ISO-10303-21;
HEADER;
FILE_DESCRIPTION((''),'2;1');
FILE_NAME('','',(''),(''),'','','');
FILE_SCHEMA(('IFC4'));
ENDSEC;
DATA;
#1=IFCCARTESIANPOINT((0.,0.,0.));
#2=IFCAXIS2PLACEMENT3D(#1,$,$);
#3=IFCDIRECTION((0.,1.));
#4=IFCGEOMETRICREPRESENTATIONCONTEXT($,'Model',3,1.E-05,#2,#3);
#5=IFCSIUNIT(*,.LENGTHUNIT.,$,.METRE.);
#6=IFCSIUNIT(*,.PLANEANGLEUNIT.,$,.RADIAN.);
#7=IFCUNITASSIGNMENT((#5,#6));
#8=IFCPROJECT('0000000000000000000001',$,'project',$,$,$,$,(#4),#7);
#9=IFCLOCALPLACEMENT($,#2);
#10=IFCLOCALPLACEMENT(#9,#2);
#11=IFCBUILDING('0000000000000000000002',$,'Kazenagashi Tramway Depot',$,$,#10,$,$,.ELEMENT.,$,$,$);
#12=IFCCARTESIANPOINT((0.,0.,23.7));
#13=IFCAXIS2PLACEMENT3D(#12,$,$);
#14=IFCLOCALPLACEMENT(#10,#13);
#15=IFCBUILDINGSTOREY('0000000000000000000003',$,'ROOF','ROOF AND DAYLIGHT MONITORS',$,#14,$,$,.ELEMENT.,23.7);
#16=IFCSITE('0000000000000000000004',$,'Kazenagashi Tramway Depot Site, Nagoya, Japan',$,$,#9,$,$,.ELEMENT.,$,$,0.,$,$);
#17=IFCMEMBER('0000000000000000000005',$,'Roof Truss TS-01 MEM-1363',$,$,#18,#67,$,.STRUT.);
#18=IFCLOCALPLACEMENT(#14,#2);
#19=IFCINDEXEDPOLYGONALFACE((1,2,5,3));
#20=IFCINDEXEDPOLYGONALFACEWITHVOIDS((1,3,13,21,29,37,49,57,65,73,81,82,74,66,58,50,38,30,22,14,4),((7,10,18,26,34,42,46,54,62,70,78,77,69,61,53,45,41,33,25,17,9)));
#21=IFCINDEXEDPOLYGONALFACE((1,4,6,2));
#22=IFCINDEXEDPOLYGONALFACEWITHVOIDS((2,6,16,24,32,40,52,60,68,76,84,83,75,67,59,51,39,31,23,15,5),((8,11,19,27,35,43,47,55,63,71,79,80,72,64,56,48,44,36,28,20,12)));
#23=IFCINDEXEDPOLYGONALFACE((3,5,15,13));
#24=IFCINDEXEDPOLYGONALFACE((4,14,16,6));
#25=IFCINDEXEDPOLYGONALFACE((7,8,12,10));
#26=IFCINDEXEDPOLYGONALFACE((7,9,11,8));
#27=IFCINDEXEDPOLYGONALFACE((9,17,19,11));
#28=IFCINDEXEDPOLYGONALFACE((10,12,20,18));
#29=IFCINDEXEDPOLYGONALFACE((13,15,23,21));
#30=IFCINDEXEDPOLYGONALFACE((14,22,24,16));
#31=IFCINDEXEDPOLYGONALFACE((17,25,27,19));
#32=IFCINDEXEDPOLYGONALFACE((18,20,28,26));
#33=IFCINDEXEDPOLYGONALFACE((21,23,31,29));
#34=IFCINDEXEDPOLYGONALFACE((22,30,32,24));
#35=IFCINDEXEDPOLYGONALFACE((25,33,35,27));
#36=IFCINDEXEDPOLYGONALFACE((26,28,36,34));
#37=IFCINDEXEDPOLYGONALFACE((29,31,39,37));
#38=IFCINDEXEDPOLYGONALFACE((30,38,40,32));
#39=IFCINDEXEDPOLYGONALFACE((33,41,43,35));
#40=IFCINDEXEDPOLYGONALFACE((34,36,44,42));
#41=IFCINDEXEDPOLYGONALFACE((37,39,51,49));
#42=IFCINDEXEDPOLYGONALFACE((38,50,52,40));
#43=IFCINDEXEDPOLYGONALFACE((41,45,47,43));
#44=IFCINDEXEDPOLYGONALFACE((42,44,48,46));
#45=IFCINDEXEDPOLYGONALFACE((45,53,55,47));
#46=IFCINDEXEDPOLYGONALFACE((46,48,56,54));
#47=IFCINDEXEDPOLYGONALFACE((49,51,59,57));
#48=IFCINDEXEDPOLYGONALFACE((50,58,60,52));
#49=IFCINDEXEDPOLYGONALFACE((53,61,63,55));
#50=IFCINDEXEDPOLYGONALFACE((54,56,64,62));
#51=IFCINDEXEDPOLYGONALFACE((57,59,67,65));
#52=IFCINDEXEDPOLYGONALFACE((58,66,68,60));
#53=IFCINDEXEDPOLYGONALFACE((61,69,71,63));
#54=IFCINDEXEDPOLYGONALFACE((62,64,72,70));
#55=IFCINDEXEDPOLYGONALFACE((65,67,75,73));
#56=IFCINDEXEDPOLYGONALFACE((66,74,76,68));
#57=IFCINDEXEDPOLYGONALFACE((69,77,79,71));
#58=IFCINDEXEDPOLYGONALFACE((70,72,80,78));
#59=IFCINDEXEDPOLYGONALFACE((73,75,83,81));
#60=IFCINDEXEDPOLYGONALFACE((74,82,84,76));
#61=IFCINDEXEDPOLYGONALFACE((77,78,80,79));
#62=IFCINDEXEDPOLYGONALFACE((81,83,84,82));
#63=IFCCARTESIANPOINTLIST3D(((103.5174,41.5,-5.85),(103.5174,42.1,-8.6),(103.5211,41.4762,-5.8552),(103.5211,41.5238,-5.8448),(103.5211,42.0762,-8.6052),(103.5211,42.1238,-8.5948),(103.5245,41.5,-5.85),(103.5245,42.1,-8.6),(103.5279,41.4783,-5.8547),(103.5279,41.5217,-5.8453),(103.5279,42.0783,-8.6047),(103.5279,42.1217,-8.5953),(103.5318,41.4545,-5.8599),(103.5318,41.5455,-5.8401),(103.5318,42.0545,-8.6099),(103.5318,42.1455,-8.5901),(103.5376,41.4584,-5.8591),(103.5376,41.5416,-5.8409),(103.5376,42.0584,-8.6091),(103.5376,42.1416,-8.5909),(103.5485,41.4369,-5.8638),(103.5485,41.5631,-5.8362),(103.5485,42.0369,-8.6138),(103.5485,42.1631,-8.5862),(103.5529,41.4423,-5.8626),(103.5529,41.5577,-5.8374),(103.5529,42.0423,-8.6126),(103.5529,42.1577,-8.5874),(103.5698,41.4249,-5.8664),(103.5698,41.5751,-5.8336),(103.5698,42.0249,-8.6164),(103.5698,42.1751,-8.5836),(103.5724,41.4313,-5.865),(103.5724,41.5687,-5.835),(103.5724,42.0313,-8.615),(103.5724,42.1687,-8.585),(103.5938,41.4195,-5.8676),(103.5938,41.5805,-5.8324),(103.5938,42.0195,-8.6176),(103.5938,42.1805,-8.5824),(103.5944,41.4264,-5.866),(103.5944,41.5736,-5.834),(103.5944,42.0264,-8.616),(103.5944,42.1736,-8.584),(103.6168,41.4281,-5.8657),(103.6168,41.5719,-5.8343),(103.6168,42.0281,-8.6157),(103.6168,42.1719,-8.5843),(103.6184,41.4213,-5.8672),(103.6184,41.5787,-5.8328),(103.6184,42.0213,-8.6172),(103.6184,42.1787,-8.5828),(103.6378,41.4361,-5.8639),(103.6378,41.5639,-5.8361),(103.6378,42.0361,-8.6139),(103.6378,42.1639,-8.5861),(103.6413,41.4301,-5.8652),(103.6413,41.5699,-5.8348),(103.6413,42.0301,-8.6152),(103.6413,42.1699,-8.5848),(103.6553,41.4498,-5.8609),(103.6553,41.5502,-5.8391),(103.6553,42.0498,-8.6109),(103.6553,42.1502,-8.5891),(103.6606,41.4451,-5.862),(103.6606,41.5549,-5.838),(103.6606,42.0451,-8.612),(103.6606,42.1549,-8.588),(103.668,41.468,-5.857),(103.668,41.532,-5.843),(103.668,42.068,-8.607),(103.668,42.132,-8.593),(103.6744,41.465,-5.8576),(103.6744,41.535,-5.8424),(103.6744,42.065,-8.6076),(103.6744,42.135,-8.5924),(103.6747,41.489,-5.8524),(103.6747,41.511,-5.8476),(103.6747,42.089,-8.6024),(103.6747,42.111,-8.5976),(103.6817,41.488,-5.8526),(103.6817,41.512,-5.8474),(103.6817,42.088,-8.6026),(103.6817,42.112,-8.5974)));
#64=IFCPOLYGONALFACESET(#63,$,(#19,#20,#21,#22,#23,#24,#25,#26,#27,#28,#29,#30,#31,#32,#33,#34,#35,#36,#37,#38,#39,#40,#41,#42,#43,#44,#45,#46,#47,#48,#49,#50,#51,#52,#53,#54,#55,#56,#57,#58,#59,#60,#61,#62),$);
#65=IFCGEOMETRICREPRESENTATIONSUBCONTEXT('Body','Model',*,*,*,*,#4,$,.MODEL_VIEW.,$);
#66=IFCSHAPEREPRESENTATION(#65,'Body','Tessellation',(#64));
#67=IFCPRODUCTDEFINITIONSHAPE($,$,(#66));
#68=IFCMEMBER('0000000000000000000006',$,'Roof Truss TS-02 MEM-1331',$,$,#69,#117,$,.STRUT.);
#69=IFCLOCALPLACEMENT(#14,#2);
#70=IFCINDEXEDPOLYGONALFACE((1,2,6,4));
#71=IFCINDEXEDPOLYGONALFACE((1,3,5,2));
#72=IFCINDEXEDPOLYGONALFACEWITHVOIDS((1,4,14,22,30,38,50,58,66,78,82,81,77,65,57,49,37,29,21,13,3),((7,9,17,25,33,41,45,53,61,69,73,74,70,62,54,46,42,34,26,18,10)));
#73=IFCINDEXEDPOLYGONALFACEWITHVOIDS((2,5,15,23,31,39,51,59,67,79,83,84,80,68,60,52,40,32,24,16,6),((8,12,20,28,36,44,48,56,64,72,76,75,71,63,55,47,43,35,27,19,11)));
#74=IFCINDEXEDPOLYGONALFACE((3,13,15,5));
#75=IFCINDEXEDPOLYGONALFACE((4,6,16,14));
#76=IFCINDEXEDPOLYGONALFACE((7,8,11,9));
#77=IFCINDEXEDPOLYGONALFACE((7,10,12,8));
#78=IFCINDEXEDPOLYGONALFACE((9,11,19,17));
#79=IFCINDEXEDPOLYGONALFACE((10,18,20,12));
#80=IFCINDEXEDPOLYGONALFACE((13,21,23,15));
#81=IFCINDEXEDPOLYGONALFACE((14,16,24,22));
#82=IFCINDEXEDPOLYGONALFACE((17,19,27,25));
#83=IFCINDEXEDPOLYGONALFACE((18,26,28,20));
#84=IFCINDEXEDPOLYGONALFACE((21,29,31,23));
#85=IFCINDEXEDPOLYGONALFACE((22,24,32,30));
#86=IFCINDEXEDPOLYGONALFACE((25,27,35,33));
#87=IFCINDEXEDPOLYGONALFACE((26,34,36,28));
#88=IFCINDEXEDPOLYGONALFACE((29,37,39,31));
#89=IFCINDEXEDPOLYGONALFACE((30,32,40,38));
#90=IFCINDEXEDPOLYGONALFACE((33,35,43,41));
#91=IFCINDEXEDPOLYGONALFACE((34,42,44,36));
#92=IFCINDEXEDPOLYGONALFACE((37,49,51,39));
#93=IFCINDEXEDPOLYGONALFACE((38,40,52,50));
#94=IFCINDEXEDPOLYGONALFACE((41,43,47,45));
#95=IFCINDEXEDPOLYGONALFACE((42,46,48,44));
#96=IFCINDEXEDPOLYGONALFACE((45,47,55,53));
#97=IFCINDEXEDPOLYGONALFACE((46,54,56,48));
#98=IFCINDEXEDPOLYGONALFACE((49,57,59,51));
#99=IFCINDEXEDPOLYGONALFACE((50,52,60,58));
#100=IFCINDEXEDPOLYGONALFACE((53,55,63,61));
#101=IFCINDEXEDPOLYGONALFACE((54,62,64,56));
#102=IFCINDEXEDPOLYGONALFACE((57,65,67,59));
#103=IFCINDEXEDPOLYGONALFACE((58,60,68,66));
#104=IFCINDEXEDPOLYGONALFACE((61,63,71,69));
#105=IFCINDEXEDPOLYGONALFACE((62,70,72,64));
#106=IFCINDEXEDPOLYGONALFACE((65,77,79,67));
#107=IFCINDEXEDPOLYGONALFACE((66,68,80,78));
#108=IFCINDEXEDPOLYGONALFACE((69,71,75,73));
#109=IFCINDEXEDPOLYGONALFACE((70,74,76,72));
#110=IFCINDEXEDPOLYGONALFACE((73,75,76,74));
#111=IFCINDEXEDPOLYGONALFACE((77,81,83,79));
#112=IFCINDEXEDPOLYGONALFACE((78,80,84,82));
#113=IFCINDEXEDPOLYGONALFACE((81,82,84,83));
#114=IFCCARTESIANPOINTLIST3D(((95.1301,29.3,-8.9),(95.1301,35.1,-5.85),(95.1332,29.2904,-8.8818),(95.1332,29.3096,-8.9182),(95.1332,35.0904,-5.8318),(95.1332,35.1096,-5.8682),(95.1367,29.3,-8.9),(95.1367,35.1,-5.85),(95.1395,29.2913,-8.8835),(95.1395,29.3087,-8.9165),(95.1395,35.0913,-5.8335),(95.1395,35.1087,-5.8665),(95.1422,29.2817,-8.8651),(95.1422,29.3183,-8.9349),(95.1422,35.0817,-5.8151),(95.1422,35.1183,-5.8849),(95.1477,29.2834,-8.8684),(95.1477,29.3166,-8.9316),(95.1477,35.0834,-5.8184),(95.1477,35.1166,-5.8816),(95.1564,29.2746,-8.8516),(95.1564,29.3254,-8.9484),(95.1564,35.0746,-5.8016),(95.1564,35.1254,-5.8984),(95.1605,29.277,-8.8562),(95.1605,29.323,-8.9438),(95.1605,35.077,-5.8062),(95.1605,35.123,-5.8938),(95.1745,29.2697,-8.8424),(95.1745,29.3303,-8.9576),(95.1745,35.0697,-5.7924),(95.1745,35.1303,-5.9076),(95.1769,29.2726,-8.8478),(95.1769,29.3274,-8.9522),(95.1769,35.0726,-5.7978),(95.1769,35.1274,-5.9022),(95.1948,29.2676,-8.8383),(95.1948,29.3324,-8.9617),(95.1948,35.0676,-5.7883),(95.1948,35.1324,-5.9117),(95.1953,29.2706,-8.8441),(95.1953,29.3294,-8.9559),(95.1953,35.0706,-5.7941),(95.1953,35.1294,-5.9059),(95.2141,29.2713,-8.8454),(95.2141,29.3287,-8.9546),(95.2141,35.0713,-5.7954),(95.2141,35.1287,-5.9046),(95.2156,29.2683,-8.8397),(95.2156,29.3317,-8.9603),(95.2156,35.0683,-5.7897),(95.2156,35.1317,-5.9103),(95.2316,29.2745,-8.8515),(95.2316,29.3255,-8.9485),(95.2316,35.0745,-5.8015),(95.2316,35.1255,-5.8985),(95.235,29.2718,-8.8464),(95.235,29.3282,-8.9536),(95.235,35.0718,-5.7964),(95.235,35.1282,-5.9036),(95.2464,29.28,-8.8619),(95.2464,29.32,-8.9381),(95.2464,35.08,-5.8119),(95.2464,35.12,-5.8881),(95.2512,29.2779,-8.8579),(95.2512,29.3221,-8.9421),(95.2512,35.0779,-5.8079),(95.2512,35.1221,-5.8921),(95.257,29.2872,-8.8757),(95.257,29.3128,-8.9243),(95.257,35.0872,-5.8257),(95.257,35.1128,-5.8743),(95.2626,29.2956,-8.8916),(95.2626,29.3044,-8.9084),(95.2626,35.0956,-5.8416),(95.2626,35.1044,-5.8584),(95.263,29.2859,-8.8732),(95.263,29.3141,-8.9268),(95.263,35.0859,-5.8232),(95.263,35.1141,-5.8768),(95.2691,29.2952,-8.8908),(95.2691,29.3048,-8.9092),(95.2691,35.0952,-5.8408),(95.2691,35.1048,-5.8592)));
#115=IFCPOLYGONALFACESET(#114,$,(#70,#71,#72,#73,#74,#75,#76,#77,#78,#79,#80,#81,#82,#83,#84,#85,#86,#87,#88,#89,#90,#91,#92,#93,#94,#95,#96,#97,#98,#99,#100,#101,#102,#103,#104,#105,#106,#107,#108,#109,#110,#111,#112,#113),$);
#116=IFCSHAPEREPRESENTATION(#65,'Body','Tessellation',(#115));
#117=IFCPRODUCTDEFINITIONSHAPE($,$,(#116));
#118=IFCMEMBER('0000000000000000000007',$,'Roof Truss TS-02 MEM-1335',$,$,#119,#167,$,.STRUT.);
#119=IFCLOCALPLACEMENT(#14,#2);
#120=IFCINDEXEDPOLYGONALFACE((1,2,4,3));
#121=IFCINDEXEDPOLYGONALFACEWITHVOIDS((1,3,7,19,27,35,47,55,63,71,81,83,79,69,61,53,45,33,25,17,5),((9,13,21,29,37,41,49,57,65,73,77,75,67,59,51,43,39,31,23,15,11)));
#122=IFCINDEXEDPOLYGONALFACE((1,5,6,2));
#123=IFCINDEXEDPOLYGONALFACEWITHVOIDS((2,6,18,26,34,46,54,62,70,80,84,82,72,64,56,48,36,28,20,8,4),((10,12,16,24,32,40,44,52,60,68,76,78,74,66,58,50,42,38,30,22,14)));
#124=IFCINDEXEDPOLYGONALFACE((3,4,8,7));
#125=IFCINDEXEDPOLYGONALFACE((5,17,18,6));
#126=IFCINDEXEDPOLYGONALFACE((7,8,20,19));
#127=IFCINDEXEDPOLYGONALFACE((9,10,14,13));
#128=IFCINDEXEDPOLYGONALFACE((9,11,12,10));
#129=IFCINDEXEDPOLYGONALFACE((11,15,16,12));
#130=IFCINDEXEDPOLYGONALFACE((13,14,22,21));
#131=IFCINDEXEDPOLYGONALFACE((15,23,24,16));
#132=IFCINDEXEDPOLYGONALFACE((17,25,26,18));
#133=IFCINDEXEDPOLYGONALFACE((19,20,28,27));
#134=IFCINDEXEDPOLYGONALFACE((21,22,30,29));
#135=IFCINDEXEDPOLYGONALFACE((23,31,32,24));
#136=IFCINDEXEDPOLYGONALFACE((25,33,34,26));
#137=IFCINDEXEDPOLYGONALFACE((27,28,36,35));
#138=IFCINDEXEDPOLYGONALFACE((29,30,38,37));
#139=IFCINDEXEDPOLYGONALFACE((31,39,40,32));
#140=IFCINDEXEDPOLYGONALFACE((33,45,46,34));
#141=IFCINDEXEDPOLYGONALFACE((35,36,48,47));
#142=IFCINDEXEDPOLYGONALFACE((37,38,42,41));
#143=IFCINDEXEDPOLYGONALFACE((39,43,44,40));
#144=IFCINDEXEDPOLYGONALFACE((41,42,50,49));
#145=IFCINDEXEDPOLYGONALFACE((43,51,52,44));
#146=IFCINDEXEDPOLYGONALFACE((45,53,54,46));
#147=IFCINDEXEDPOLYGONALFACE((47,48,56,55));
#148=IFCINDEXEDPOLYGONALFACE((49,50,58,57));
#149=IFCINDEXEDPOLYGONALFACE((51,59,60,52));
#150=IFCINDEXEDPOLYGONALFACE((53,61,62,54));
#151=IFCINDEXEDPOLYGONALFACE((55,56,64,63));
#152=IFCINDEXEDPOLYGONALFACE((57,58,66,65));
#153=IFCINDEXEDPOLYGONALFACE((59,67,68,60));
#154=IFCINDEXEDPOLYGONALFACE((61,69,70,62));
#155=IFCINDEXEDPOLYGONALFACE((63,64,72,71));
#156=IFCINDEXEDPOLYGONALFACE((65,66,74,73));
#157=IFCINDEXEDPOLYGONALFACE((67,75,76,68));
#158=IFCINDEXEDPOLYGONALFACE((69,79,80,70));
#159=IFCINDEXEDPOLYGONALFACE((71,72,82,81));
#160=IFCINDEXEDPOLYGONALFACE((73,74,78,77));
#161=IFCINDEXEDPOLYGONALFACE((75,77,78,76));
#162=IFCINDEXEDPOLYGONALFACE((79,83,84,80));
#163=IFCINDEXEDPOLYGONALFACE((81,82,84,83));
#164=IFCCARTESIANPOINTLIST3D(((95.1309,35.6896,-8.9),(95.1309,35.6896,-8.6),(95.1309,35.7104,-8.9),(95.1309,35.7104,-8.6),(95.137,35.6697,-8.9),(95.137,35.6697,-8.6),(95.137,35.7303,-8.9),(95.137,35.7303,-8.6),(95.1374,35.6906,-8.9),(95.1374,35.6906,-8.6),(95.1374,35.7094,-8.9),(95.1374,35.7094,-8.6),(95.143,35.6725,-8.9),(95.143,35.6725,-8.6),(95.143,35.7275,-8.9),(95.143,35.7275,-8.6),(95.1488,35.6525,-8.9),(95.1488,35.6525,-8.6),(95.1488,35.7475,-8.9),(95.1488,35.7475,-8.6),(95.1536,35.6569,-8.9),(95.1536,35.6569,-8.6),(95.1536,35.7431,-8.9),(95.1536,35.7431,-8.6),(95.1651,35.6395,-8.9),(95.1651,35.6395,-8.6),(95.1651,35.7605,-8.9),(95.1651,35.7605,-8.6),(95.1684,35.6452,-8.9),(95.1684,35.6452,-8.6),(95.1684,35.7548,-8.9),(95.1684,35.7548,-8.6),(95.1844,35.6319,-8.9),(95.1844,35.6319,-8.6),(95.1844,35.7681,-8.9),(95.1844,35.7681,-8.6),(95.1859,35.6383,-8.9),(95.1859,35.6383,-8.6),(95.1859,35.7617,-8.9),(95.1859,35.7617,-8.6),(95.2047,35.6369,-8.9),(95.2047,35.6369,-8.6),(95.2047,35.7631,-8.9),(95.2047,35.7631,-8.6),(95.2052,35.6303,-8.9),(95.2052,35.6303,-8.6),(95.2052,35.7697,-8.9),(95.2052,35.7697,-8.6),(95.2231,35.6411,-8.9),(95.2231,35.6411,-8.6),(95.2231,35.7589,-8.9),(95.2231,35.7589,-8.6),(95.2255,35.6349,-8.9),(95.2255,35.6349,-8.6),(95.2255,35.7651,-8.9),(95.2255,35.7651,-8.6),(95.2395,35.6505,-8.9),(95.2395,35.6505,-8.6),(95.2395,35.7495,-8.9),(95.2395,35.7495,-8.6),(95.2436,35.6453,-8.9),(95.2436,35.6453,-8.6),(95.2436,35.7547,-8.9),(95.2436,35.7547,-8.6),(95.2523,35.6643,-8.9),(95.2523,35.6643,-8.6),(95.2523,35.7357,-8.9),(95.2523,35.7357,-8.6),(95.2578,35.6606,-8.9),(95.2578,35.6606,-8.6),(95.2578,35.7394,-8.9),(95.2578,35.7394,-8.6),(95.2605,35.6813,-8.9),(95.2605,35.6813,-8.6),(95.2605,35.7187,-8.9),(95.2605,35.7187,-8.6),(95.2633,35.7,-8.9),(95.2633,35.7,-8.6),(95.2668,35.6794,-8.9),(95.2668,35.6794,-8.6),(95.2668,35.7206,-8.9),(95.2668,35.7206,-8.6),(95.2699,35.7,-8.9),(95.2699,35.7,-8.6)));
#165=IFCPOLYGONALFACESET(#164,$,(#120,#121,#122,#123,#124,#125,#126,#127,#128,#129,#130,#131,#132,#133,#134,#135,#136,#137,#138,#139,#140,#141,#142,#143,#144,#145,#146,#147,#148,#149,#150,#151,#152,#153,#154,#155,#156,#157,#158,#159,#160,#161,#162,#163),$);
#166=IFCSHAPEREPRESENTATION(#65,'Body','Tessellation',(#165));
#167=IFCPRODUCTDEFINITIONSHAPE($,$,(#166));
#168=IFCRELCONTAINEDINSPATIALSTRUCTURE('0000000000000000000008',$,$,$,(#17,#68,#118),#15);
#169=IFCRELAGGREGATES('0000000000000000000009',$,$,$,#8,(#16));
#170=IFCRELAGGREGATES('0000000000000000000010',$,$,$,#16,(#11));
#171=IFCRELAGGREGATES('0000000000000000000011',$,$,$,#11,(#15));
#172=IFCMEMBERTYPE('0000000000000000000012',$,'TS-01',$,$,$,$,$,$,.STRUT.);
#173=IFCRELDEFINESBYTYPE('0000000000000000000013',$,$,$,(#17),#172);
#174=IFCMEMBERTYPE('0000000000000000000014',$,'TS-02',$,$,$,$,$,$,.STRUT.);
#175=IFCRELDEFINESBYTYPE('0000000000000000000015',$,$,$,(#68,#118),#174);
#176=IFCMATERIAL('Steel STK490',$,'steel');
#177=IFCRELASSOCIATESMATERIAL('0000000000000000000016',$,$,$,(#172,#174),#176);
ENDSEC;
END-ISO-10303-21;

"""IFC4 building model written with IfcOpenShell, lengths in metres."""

from ifc_helpers import new_model, si_unit, direction, frame, origin, origin_2d, place, context, subcontext, project, spatial, hollow_circle, extrude, material, material_profile, profile_set, type_object, element, save


model = new_model("IFC4")

# Units and contexts
model_context = context("Model", 3, precision=1e-05, world=origin(), true_north=direction((0.0, 1.0)))
body_context = subcontext(model_context, "Body", "Model", "MODEL_VIEW")
ifc_project = project(units=[si_unit("LENGTHUNIT", "METRE"), si_unit("PLANEANGLEUNIT", "RADIAN")], contexts=[model_context])

# Site, building, storey
site_placement = place(None, origin())
site = spatial("IfcSite", under=ifc_project, at=site_placement, Name="Kazenagashi Tramway Depot Site, Nagoya, Japan", CompositionType="ELEMENT", RefElevation=0.0)
building_placement = place(site_placement, origin())
building = spatial("IfcBuilding", under=site, at=building_placement, Name="Kazenagashi Tramway Depot", CompositionType="ELEMENT")
storey_placement = place(building_placement, frame((0.0, 0.0, 23.7)))
storey = spatial("IfcBuildingStorey", under=building, at=storey_placement, Name="ROOF", Description="ROOF AND DAYLIGHT MONITORS", CompositionType="ELEMENT", Elevation=23.7)

# Members
ifc_material_1 = material(Name="Steel STK490", Category="steel")
ifc_material_profile_1 = material_profile(ifc_material_1, hollow_circle(Radius=0.0826, WallThickness=0.0071, at=origin_2d()), Name="CHS-165.2x7.1")
ifc_profile_set_1 = profile_set([ifc_material_profile_1], Name="Steel STK490")
member_type_1 = type_object("IfcMemberType", Name="TS-01", PredefinedType="STRUT", material=ifc_profile_set_1)
for number, where, z_axis, x_axis, name in (
    (1, (103.6, 41.5, -5.85), (0.0, 0.213167, -0.977016), (-1.0, 0.0, 0.0), "Roof Truss TS-01 MEM-1363"),
):
    element("IfcMember", number, at=place(storey_placement, frame(where, z_axis=z_axis, x_axis=x_axis)), inside=storey, type_object=member_type_1, Name=name, PredefinedType="STRUT", context=body_context, shape_type="SweptSolid", body=[
        extrude(hollow_circle(Radius=0.0826, WallThickness=0.0071, at=origin_2d()), origin(), (0.0, 0.0, 1.0), 2.8147),
    ])
ifc_material_profile_2 = material_profile(ifc_material_1, hollow_circle(Radius=0.0699, WallThickness=0.0066, at=origin_2d()), Name="CHS-139.8x6.6")
ifc_profile_set_2 = profile_set([ifc_material_profile_2], Name="Steel STK490")
member_type_2 = type_object("IfcMemberType", Name="TS-02", PredefinedType="STRUT", material=ifc_profile_set_2)
member_1_placement = place(storey_placement, frame((95.2, 29.3, -8.9), z_axis=(0.0, 0.885084, 0.465432), x_axis=(-1.0, 0.0, 0.0)))
element("IfcMember", 2, at=member_1_placement, inside=storey, type_object=member_type_2, Name="Roof Truss TS-02 MEM-1331", PredefinedType="STRUT", context=body_context, shape_type="SweptSolid", body=[
    extrude(hollow_circle(Radius=0.0699, WallThickness=0.0066, at=origin_2d()), origin(), (0.0, 0.0, 1.0), 6.5531),
])
member_2_placement = place(storey_placement, frame((95.2, 35.7, -8.9), z_axis=(0.0, 0.0, 1.0), x_axis=(1.0, 0.0, 0.0)))
element("IfcMember", 3, at=member_2_placement, inside=storey, type_object=member_type_2, Name="Roof Truss TS-02 MEM-1335", PredefinedType="STRUT", context=body_context, shape_type="SweptSolid", body=[
    extrude(hollow_circle(Radius=0.0699, WallThickness=0.0066, at=origin_2d()), origin(), (0.0, 0.0, 1.0), 0.3),
])

save(model, "model.ifc")
